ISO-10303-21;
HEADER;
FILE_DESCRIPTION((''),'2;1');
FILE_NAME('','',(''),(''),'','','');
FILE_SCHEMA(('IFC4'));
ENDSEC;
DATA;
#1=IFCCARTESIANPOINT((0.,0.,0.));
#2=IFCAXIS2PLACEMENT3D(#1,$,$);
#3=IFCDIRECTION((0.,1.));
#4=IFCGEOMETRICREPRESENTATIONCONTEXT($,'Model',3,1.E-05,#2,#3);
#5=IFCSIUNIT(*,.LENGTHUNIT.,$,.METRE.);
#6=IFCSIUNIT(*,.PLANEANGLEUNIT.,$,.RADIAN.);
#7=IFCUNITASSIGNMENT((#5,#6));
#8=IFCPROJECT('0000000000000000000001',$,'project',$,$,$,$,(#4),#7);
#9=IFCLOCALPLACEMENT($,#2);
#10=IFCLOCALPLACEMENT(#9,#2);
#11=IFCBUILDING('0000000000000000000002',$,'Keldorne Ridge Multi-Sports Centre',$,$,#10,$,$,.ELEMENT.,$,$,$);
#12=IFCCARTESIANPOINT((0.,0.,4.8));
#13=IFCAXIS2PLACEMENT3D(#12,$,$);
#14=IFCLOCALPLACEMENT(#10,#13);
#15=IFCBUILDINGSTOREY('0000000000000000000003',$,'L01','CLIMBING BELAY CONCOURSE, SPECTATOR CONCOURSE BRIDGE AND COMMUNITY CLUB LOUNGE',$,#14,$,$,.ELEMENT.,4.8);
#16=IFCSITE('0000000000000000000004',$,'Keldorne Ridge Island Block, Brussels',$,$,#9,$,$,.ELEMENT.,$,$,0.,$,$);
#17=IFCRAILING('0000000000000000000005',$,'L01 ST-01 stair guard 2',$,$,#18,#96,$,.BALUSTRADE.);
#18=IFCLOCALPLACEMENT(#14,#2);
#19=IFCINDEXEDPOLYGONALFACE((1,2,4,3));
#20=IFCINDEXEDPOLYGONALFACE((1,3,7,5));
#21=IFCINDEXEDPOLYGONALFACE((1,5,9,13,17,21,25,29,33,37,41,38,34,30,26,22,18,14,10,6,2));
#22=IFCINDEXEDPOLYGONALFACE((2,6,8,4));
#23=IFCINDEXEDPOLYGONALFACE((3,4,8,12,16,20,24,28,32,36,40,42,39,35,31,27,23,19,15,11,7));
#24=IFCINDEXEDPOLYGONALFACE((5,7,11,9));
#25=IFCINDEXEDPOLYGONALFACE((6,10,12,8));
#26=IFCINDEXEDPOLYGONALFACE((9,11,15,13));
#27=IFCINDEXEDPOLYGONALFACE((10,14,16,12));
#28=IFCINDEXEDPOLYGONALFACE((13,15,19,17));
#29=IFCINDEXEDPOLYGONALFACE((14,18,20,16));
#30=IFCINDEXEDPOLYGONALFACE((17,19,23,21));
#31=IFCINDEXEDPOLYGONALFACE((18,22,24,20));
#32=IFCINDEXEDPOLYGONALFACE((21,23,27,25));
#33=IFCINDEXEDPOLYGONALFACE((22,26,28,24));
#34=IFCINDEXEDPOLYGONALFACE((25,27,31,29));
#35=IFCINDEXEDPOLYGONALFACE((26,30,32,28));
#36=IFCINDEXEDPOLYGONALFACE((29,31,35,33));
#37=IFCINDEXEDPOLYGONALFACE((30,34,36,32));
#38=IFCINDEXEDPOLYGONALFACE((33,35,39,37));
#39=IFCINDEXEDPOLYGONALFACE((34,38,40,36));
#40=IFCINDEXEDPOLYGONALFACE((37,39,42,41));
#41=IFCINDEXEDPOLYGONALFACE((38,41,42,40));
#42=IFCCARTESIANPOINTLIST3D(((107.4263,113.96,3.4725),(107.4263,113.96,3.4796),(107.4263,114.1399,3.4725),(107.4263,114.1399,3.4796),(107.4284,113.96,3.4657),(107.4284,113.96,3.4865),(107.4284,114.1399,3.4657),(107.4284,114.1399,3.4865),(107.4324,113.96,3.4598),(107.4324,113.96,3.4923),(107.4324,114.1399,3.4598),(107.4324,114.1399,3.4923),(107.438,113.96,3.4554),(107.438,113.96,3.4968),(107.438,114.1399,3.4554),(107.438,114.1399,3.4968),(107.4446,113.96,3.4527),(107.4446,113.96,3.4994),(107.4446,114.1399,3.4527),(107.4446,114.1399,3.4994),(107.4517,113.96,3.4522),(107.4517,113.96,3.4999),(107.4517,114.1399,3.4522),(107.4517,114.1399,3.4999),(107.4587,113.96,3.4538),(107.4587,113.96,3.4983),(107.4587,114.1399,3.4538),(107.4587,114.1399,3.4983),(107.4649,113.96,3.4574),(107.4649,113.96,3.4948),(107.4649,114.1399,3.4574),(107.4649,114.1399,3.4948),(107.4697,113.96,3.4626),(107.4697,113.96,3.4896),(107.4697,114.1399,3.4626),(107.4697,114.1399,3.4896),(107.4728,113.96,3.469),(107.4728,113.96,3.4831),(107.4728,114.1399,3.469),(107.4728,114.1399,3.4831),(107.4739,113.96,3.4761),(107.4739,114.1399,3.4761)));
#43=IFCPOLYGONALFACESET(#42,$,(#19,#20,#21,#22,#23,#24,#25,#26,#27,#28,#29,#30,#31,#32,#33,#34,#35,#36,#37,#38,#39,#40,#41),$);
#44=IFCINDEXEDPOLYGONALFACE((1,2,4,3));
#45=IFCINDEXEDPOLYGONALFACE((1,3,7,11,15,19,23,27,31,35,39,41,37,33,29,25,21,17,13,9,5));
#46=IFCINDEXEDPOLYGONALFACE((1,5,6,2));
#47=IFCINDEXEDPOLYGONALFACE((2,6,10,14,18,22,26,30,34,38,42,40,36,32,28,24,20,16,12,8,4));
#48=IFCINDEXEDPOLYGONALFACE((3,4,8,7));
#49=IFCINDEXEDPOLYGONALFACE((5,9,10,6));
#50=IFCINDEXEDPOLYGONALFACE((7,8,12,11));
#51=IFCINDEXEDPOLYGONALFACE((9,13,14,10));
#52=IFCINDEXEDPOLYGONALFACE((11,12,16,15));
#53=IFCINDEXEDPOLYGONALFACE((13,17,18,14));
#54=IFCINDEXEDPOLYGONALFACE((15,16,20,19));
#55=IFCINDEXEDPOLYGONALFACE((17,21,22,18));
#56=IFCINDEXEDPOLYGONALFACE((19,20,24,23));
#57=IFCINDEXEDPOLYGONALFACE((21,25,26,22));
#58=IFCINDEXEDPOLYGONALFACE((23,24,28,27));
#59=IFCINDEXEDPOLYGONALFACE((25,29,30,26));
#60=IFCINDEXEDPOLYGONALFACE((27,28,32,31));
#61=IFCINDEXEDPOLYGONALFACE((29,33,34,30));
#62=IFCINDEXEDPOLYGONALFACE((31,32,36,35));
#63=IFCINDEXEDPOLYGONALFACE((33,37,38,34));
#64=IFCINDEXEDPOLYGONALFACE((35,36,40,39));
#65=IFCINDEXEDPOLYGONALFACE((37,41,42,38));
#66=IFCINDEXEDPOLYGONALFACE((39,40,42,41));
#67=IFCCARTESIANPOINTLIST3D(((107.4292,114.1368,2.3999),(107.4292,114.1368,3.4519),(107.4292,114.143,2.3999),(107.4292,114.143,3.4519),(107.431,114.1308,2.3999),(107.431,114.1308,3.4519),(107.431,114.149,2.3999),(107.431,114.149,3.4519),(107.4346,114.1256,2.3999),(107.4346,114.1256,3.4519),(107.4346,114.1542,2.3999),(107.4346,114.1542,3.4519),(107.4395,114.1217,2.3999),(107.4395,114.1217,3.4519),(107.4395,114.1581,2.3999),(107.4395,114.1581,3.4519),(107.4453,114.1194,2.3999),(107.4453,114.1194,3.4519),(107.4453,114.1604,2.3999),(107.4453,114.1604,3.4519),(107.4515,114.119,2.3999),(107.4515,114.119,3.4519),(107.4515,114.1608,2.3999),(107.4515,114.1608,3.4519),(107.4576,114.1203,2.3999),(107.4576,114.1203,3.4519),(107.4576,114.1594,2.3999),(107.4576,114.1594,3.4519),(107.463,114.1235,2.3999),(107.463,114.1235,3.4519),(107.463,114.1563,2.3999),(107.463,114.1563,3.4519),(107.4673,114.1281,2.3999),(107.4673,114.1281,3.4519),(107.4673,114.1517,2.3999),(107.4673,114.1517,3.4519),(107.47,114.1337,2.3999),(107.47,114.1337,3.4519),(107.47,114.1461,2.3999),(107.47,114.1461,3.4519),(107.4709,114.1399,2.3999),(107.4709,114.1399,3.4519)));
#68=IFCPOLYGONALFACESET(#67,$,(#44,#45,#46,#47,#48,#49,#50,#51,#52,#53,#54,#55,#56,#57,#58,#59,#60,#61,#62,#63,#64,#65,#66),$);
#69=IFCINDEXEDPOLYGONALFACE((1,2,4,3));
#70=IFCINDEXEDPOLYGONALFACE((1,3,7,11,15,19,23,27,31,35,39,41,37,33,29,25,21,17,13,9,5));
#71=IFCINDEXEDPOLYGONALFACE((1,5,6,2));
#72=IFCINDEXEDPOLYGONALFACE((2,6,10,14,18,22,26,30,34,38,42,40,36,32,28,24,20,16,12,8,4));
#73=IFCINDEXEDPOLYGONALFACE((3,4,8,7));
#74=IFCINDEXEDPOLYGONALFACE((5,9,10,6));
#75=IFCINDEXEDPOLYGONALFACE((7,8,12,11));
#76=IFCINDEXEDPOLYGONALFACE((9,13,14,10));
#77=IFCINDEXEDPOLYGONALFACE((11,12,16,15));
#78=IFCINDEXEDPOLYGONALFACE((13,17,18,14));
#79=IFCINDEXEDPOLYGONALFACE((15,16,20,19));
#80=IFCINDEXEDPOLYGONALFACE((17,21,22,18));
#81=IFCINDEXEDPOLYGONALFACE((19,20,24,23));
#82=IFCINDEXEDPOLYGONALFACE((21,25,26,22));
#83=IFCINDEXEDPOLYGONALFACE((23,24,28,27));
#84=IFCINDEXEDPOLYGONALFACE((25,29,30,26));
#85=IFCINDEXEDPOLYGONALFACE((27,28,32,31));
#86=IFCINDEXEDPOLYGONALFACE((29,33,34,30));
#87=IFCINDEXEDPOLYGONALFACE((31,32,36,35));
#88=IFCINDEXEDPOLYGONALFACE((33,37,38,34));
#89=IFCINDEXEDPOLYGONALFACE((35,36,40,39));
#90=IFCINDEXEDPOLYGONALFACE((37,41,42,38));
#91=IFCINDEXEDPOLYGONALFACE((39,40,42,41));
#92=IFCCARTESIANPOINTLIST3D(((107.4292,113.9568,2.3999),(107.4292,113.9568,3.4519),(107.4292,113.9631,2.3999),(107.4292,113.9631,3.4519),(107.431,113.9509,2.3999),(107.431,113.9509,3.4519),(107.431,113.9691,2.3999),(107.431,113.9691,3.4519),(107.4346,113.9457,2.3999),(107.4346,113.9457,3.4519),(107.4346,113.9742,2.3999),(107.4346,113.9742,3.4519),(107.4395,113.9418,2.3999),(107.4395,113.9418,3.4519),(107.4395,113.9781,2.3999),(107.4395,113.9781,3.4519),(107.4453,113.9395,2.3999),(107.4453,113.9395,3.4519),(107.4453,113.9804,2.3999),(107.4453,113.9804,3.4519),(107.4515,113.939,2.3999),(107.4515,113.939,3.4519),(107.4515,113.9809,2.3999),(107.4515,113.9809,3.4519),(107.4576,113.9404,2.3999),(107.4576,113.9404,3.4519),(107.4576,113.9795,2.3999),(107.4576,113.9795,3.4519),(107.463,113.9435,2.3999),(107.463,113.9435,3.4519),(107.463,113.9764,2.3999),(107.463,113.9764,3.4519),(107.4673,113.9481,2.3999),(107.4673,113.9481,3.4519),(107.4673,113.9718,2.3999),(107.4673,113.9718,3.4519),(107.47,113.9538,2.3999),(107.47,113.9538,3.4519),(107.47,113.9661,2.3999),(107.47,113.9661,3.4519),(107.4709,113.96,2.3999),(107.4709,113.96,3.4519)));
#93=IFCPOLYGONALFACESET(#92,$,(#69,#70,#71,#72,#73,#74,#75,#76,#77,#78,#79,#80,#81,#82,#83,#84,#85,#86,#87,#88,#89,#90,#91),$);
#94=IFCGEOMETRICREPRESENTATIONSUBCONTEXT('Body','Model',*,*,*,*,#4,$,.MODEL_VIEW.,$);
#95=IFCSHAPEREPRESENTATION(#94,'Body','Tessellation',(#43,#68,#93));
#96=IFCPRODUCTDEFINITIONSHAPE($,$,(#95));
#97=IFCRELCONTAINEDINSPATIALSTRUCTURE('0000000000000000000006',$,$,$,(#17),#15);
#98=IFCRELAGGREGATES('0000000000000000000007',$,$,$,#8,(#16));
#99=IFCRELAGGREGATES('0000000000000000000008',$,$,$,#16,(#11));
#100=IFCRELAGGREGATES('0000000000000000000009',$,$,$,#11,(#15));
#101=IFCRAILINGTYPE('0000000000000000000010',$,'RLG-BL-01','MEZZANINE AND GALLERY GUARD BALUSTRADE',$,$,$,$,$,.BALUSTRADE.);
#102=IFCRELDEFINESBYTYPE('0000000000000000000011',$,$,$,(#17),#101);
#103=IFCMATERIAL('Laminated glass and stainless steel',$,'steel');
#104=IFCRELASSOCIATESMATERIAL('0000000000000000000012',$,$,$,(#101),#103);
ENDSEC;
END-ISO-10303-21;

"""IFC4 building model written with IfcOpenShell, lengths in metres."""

from ifc_helpers import new_model, si_unit, direction, frame, origin, origin_2d, place, context, subcontext, project, spatial, circle, extrude, material, type_object, element, save


model = new_model("IFC4")

# Units and contexts
model_context = context("Model", 3, precision=1e-05, world=origin(), true_north=direction((0.0, 1.0)))
body_context = subcontext(model_context, "Body", "Model", "MODEL_VIEW")
ifc_project = project(units=[si_unit("LENGTHUNIT", "METRE"), si_unit("PLANEANGLEUNIT", "RADIAN")], contexts=[model_context])

# Site, building, storey
site_placement = place(None, origin())
site = spatial("IfcSite", under=ifc_project, at=site_placement, Name="Keldorne Ridge Island Block, Brussels", CompositionType="ELEMENT", RefElevation=0.0)
building_placement = place(site_placement, origin())
building = spatial("IfcBuilding", under=site, at=building_placement, Name="Keldorne Ridge Multi-Sports Centre", CompositionType="ELEMENT")
storey_placement = place(building_placement, frame((0.0, 0.0, 4.8)))
storey = spatial("IfcBuildingStorey", under=building, at=storey_placement, Name="L01", Description="CLIMBING BELAY CONCOURSE, SPECTATOR CONCOURSE BRIDGE AND COMMUNITY CLUB LOUNGE", CompositionType="ELEMENT", Elevation=4.8)

# Railing
ifc_material_1 = material(Name="Laminated glass and stainless steel", Category="steel")
railing_type_1 = type_object("IfcRailingType", Name="RLG-BL-01", Description="MEZZANINE AND GALLERY GUARD BALUSTRADE", PredefinedType="BALUSTRADE", material=ifc_material_1)
railing_1_placement = place(storey_placement, frame((107.45, 114.1399, 2.3999)))
element("IfcRailing", 1, at=railing_1_placement, inside=storey, type_object=railing_type_1, Name="L01 ST-01 stair guard 2", PredefinedType="BALUSTRADE", context=body_context, shape_type="SweptSolid", body=[
    extrude(circle(Radius=0.0239, at=origin_2d()), frame((0.0, 0.0, 1.0762), z_axis=(0.0, -1.0, 0.0), x_axis=(1.0, 0.0, 0.0)), (0.0, 0.0, 1.0), 0.1799),
    extrude(circle(Radius=0.021, at=origin_2d()), origin(), (0.0, 0.0, 1.0), 1.052),
    extrude(circle(Radius=0.021, at=origin_2d()), frame((0.0, -0.1799, 0.0)), (0.0, 0.0, 1.0), 1.052),
])

save(model, "model.ifc")
